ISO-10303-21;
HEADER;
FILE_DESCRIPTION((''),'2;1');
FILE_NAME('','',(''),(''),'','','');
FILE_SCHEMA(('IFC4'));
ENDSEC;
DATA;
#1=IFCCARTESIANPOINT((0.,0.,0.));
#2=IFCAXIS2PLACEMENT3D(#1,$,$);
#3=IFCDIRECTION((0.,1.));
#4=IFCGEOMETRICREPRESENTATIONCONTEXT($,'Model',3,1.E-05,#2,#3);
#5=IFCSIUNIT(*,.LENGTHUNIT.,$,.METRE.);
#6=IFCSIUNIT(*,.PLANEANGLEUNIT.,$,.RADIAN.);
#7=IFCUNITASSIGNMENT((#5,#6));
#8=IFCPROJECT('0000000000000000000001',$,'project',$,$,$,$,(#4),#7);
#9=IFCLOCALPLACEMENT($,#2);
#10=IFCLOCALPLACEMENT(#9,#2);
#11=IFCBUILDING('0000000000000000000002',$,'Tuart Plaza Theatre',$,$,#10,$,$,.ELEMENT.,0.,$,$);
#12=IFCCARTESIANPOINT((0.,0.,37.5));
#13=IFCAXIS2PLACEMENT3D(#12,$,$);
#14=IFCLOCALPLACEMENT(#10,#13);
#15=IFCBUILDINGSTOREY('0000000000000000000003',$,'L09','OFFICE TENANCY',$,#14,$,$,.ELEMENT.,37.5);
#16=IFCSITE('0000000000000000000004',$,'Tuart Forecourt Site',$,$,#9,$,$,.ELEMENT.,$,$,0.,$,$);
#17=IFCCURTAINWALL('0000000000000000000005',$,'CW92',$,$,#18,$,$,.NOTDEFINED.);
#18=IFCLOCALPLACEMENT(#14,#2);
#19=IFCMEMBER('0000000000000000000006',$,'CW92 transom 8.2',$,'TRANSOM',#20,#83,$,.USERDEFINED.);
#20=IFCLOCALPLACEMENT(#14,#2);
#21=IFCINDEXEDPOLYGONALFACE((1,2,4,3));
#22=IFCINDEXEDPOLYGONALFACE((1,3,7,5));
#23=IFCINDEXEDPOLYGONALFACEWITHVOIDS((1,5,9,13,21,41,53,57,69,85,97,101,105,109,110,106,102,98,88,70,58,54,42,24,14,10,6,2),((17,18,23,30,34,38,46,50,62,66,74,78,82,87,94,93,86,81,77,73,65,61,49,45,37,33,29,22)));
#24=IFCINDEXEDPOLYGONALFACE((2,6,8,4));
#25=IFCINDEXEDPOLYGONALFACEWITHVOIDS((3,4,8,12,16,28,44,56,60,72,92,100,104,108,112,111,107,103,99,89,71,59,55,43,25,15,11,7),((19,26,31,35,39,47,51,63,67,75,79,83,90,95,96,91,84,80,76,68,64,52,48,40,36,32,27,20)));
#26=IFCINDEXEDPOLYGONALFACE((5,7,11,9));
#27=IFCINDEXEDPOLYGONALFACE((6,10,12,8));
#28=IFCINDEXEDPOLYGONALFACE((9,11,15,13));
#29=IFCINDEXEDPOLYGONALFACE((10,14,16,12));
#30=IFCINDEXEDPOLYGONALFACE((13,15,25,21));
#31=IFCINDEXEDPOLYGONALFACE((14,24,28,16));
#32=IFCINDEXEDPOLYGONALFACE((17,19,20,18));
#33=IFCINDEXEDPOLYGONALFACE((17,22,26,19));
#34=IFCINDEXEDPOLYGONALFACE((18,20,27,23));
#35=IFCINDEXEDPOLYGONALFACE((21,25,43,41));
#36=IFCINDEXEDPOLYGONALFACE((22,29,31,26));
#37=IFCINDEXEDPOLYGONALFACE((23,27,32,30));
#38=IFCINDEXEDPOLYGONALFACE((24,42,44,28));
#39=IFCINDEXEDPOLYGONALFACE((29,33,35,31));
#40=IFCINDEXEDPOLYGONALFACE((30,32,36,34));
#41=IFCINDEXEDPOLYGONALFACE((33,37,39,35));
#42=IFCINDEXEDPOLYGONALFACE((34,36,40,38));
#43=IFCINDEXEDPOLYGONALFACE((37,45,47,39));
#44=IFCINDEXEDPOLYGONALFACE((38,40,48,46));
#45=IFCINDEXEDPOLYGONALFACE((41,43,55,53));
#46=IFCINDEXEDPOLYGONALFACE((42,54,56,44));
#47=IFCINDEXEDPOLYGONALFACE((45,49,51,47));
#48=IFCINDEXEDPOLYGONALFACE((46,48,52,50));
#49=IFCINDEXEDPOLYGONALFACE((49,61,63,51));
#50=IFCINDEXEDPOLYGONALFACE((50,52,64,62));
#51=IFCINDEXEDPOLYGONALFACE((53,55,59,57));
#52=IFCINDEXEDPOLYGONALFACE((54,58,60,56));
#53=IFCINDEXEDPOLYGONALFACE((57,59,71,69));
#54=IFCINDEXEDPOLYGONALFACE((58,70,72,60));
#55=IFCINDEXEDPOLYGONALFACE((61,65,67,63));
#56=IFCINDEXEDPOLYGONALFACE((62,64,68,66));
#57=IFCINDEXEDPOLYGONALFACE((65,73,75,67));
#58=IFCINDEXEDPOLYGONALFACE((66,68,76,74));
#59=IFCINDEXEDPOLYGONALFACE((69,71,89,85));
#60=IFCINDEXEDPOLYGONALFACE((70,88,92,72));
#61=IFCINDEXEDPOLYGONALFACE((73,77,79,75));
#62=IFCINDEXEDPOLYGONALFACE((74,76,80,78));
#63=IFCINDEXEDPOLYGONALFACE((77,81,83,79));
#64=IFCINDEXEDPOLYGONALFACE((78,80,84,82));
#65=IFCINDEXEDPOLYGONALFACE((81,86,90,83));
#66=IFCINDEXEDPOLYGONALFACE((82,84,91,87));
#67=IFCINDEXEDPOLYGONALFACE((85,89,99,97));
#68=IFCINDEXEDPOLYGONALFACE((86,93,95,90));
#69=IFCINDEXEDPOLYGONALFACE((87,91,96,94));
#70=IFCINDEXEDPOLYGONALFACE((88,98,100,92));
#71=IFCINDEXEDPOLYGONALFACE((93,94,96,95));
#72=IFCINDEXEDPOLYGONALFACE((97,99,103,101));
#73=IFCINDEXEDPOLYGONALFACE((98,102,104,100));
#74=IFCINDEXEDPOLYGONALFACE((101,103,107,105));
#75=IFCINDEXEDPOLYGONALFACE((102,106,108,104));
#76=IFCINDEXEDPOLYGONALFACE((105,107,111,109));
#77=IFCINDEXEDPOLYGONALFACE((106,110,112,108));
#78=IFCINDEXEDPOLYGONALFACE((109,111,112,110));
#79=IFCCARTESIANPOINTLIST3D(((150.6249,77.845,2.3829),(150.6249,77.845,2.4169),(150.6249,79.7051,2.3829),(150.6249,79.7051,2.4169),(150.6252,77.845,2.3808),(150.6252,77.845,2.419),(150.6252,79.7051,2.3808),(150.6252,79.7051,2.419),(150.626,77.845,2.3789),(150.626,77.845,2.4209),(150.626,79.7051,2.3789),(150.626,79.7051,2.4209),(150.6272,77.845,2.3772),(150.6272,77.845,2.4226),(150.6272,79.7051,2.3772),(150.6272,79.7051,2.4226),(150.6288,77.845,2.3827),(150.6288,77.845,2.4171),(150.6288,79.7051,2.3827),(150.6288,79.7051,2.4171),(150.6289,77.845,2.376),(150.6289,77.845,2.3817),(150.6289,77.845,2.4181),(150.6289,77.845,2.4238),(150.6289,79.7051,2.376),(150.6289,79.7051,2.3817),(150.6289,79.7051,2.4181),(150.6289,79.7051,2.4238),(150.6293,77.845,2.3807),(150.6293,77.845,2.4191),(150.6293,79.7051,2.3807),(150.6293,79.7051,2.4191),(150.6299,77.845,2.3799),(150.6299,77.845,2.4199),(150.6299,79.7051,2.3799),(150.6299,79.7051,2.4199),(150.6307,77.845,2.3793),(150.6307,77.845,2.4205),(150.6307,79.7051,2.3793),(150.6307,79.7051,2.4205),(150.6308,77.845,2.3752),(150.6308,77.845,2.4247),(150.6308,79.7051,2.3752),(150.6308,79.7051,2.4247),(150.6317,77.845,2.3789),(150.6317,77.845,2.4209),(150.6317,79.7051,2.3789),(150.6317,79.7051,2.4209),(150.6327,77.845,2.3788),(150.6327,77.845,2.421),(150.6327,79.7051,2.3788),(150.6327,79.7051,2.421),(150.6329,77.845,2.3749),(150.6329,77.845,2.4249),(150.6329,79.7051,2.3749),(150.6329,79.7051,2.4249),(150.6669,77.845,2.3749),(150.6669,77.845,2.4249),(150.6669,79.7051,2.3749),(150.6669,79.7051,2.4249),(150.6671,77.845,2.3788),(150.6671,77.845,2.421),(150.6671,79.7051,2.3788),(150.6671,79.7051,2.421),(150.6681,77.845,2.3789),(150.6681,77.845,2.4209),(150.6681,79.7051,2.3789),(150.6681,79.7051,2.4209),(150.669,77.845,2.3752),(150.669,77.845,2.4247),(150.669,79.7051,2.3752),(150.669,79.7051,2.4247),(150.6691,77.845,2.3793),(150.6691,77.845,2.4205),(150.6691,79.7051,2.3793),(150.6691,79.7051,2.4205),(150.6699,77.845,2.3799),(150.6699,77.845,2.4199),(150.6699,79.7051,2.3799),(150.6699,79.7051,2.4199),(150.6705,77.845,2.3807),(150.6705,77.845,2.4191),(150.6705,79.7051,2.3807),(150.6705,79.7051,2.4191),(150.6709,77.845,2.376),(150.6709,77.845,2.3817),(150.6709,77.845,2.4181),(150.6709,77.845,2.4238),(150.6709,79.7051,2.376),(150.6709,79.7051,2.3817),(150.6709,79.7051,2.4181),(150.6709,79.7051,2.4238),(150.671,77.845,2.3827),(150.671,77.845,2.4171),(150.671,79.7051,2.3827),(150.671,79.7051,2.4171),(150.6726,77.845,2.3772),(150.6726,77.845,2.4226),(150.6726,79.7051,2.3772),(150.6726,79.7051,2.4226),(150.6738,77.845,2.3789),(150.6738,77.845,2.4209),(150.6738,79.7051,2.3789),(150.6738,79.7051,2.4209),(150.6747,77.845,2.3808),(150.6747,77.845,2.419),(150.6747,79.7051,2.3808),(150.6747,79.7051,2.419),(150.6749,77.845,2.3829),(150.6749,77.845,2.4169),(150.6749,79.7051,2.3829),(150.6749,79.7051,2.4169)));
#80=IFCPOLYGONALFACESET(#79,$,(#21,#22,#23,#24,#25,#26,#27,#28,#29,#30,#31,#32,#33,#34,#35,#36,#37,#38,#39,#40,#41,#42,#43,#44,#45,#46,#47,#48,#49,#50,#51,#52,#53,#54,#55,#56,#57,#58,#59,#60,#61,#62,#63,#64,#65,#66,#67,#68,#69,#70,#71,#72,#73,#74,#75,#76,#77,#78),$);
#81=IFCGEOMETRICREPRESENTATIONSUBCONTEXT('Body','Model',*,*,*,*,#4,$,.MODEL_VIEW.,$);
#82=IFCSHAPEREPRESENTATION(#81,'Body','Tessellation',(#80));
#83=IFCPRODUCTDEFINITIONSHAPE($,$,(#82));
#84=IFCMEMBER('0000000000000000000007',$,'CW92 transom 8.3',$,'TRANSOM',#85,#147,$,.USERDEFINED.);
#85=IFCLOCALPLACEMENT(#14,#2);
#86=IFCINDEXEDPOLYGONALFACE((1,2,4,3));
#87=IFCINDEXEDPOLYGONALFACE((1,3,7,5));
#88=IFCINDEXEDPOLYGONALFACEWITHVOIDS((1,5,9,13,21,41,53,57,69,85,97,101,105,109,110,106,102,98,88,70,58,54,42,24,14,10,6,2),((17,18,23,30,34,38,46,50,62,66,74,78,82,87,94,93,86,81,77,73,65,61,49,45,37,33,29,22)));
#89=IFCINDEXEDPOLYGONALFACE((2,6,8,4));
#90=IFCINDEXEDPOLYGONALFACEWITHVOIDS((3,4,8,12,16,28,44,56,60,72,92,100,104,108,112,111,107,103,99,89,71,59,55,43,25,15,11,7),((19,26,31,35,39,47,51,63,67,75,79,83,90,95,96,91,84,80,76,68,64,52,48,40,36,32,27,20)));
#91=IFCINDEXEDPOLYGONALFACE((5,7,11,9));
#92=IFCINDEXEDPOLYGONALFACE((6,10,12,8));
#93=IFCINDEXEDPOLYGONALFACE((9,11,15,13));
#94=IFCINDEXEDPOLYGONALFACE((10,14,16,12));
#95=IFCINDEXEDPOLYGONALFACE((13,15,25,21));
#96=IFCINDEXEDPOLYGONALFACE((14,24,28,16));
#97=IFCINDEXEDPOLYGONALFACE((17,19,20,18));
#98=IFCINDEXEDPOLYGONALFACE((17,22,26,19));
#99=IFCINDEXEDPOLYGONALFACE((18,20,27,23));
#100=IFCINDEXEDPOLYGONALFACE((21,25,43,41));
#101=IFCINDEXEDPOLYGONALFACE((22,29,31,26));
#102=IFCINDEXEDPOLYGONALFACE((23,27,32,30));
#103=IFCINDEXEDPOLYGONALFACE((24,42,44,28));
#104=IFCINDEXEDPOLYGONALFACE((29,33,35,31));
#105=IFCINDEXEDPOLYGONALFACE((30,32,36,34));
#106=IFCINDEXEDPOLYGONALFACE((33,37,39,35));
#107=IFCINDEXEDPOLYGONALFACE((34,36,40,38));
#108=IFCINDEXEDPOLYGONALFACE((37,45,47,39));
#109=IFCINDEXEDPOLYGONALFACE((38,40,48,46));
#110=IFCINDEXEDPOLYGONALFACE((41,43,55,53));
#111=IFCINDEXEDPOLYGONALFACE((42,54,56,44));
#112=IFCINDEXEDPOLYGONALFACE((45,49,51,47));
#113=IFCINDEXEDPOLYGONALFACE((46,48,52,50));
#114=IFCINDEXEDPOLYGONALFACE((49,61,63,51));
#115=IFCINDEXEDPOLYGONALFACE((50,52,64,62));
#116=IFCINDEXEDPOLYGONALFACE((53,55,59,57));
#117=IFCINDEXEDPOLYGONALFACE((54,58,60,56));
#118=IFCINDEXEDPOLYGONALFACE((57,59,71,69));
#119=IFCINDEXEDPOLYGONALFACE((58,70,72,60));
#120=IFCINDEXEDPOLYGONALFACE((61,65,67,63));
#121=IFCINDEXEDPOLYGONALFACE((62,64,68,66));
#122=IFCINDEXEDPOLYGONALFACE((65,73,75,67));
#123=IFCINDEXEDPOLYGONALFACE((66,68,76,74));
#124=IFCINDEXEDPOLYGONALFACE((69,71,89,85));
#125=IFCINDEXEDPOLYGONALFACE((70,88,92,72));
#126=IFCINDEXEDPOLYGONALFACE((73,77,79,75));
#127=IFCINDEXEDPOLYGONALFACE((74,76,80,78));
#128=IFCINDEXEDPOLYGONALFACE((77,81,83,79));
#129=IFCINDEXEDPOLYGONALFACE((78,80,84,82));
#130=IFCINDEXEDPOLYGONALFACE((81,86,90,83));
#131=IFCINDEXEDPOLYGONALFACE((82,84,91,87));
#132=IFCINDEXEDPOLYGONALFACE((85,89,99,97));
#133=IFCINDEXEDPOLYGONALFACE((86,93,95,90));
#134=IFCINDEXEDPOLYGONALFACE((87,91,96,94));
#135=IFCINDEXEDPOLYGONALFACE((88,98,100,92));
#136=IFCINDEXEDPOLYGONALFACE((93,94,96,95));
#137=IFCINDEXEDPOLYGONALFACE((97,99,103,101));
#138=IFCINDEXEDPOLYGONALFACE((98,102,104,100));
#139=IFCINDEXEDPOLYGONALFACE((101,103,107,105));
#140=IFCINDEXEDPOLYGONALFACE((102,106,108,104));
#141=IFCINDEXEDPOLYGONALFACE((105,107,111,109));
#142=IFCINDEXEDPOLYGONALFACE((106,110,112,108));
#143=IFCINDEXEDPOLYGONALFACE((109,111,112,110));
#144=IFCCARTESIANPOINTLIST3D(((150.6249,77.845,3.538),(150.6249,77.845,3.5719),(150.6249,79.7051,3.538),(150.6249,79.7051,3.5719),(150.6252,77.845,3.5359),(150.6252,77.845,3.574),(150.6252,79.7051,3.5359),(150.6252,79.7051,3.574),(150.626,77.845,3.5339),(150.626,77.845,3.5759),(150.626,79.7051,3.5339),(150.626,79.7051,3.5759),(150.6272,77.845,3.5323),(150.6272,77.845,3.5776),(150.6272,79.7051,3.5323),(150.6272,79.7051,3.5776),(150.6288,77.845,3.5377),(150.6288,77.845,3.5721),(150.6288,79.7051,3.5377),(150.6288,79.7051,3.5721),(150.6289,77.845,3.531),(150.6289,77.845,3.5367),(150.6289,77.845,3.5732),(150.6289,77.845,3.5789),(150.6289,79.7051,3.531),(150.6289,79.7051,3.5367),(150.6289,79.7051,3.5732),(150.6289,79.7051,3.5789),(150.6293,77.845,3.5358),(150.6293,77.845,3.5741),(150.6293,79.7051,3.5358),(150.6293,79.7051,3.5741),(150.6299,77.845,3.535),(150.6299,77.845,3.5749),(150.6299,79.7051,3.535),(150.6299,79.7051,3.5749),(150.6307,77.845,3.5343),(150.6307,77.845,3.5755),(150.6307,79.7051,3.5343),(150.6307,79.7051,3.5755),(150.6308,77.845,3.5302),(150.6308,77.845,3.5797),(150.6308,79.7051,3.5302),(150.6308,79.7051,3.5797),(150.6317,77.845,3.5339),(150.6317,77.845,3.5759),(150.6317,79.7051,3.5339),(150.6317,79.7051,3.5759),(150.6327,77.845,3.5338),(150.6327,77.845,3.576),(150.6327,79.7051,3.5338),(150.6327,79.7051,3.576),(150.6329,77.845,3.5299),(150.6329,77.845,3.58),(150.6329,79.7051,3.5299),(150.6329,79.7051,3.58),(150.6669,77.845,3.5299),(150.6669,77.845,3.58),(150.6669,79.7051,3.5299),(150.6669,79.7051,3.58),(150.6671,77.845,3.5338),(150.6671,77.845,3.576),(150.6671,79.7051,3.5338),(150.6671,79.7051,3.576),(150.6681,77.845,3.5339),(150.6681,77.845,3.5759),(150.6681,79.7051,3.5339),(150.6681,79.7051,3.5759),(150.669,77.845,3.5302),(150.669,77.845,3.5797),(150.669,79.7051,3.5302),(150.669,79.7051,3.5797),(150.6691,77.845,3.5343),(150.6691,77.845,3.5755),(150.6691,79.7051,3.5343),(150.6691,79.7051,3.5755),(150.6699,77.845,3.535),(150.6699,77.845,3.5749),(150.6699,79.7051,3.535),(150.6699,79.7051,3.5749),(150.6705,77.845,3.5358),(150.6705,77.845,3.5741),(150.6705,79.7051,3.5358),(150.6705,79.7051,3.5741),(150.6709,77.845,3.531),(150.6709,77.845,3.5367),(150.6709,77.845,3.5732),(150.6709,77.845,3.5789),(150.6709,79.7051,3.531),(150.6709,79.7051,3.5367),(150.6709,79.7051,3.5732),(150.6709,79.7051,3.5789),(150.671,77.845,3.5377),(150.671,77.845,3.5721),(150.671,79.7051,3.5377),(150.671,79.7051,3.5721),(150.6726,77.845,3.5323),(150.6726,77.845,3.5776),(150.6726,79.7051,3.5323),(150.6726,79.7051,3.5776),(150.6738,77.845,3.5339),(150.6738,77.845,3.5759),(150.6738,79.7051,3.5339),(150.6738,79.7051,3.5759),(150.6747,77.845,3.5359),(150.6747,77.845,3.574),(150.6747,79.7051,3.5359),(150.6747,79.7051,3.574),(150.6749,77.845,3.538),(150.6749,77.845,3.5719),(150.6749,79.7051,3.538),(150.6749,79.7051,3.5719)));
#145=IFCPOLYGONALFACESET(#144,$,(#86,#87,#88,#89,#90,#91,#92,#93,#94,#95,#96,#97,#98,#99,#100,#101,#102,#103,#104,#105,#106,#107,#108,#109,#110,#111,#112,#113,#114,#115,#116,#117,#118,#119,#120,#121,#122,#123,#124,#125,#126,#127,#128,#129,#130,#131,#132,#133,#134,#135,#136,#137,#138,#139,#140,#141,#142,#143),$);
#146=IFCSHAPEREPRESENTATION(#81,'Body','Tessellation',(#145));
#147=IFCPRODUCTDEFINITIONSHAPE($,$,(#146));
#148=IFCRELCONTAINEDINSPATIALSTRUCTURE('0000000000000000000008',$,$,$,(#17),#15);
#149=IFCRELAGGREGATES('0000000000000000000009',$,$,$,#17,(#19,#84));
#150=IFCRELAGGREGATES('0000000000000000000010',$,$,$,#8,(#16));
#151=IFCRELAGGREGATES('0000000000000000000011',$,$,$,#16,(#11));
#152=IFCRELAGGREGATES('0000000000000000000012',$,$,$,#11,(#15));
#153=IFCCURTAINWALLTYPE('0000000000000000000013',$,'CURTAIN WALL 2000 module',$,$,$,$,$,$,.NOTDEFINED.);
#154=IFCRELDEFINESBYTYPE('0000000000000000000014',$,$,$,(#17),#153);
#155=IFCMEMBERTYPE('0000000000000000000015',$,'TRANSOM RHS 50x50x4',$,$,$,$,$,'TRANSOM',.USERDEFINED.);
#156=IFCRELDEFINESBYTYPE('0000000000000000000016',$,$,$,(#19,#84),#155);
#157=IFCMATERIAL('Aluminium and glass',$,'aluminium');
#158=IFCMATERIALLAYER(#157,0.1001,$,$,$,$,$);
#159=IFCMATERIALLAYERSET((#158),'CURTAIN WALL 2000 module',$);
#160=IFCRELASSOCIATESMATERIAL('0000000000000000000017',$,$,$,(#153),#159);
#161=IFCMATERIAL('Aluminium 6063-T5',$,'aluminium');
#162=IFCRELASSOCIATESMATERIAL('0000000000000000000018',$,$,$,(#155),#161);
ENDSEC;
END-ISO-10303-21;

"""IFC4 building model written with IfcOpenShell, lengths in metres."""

from ifc_helpers import new_model, si_unit, direction, frame, origin, origin_2d, place, context, subcontext, project, spatial, hollow_rectangle, extrude, material, layer, layer_set, material_profile, profile_set, type_object, element, aggregate, save


model = new_model("IFC4")

# Units and contexts
model_context = context("Model", 3, precision=1e-05, world=origin(), true_north=direction((0.0, 1.0)))
body_context = subcontext(model_context, "Body", "Model", "MODEL_VIEW")
ifc_project = project(units=[si_unit("LENGTHUNIT", "METRE"), si_unit("PLANEANGLEUNIT", "RADIAN")], contexts=[model_context])

# Site, building, storey
site_placement = place(None, origin())
site = spatial("IfcSite", under=ifc_project, at=site_placement, Name="Tuart Forecourt Site", CompositionType="ELEMENT", RefElevation=0.0)
building_placement = place(site_placement, origin())
building = spatial("IfcBuilding", under=site, at=building_placement, Name="Tuart Plaza Theatre", CompositionType="ELEMENT", ElevationOfRefHeight=0.0)
storey_placement = place(building_placement, frame((0.0, 0.0, 37.5)))
storey = spatial("IfcBuildingStorey", under=building, at=storey_placement, Name="L09", Description="OFFICE TENANCY", CompositionType="ELEMENT", Elevation=37.5)

# Curtain wall, members
ifc_material_1 = material(Name="Aluminium and glass", Category="aluminium")
ifc_layer_1 = layer(ifc_material_1, 0.1001)
ifc_layer_set_1 = layer_set([ifc_layer_1], Name="CURTAIN WALL 2000 module")
curtain_wall_type = type_object("IfcCurtainWallType", Name="CURTAIN WALL 2000 module", PredefinedType="NOTDEFINED", material=ifc_layer_set_1)
curtain_wall_placement = place(storey_placement, origin())
curtain_wall = element("IfcCurtainWall", 1, at=curtain_wall_placement, inside=storey, type_object=curtain_wall_type, Name="CW92", PredefinedType="NOTDEFINED")
ifc_material_2 = material(Name="Aluminium 6063-T5", Category="aluminium")
ifc_material_profile_1 = material_profile(ifc_material_2, hollow_rectangle(XDim=0.05, YDim=0.05, WallThickness=0.0039, InnerFilletRadius=0.0039, OuterFilletRadius=0.0081, at=origin_2d()), Name="RHS 50x50x4")
ifc_profile_set_1 = profile_set([ifc_material_profile_1], Name="Aluminium 6063-T5")
member_type_1 = type_object("IfcMemberType", Name="TRANSOM RHS 50x50x4", ElementType="TRANSOM", PredefinedType="USERDEFINED", material=ifc_profile_set_1)
member_1_placement = place(storey_placement, frame((150.6499, 77.845, 2.3999), z_axis=(0.0, 1.0, 0.0), x_axis=(-1.0, 0.0, 0.0)))
member_1 = element("IfcMember", 2, at=member_1_placement, type_object=member_type_1, Name="CW92 transom 8.2", ObjectType="TRANSOM", PredefinedType="USERDEFINED", context=body_context, shape_type="SweptSolid", body=[
    extrude(hollow_rectangle(XDim=0.05, YDim=0.05, WallThickness=0.0039, InnerFilletRadius=0.0039, OuterFilletRadius=0.0081, at=origin_2d()), origin(), (0.0, 0.0, 1.0), 1.8601),
])
member_2_placement = place(storey_placement, frame((150.6499, 77.845, 3.5549), z_axis=(0.0, 1.0, 0.0), x_axis=(-1.0, 0.0, 0.0)))
member_2 = element("IfcMember", 3, at=member_2_placement, type_object=member_type_1, Name="CW92 transom 8.3", ObjectType="TRANSOM", PredefinedType="USERDEFINED", context=body_context, shape_type="SweptSolid", body=[
    extrude(hollow_rectangle(XDim=0.05, YDim=0.05, WallThickness=0.0039, InnerFilletRadius=0.0039, OuterFilletRadius=0.0081, at=origin_2d()), origin(), (0.0, 0.0, 1.0), 1.8601),
])
aggregate(curtain_wall, [member_1, member_2])

save(model, "model.ifc")
